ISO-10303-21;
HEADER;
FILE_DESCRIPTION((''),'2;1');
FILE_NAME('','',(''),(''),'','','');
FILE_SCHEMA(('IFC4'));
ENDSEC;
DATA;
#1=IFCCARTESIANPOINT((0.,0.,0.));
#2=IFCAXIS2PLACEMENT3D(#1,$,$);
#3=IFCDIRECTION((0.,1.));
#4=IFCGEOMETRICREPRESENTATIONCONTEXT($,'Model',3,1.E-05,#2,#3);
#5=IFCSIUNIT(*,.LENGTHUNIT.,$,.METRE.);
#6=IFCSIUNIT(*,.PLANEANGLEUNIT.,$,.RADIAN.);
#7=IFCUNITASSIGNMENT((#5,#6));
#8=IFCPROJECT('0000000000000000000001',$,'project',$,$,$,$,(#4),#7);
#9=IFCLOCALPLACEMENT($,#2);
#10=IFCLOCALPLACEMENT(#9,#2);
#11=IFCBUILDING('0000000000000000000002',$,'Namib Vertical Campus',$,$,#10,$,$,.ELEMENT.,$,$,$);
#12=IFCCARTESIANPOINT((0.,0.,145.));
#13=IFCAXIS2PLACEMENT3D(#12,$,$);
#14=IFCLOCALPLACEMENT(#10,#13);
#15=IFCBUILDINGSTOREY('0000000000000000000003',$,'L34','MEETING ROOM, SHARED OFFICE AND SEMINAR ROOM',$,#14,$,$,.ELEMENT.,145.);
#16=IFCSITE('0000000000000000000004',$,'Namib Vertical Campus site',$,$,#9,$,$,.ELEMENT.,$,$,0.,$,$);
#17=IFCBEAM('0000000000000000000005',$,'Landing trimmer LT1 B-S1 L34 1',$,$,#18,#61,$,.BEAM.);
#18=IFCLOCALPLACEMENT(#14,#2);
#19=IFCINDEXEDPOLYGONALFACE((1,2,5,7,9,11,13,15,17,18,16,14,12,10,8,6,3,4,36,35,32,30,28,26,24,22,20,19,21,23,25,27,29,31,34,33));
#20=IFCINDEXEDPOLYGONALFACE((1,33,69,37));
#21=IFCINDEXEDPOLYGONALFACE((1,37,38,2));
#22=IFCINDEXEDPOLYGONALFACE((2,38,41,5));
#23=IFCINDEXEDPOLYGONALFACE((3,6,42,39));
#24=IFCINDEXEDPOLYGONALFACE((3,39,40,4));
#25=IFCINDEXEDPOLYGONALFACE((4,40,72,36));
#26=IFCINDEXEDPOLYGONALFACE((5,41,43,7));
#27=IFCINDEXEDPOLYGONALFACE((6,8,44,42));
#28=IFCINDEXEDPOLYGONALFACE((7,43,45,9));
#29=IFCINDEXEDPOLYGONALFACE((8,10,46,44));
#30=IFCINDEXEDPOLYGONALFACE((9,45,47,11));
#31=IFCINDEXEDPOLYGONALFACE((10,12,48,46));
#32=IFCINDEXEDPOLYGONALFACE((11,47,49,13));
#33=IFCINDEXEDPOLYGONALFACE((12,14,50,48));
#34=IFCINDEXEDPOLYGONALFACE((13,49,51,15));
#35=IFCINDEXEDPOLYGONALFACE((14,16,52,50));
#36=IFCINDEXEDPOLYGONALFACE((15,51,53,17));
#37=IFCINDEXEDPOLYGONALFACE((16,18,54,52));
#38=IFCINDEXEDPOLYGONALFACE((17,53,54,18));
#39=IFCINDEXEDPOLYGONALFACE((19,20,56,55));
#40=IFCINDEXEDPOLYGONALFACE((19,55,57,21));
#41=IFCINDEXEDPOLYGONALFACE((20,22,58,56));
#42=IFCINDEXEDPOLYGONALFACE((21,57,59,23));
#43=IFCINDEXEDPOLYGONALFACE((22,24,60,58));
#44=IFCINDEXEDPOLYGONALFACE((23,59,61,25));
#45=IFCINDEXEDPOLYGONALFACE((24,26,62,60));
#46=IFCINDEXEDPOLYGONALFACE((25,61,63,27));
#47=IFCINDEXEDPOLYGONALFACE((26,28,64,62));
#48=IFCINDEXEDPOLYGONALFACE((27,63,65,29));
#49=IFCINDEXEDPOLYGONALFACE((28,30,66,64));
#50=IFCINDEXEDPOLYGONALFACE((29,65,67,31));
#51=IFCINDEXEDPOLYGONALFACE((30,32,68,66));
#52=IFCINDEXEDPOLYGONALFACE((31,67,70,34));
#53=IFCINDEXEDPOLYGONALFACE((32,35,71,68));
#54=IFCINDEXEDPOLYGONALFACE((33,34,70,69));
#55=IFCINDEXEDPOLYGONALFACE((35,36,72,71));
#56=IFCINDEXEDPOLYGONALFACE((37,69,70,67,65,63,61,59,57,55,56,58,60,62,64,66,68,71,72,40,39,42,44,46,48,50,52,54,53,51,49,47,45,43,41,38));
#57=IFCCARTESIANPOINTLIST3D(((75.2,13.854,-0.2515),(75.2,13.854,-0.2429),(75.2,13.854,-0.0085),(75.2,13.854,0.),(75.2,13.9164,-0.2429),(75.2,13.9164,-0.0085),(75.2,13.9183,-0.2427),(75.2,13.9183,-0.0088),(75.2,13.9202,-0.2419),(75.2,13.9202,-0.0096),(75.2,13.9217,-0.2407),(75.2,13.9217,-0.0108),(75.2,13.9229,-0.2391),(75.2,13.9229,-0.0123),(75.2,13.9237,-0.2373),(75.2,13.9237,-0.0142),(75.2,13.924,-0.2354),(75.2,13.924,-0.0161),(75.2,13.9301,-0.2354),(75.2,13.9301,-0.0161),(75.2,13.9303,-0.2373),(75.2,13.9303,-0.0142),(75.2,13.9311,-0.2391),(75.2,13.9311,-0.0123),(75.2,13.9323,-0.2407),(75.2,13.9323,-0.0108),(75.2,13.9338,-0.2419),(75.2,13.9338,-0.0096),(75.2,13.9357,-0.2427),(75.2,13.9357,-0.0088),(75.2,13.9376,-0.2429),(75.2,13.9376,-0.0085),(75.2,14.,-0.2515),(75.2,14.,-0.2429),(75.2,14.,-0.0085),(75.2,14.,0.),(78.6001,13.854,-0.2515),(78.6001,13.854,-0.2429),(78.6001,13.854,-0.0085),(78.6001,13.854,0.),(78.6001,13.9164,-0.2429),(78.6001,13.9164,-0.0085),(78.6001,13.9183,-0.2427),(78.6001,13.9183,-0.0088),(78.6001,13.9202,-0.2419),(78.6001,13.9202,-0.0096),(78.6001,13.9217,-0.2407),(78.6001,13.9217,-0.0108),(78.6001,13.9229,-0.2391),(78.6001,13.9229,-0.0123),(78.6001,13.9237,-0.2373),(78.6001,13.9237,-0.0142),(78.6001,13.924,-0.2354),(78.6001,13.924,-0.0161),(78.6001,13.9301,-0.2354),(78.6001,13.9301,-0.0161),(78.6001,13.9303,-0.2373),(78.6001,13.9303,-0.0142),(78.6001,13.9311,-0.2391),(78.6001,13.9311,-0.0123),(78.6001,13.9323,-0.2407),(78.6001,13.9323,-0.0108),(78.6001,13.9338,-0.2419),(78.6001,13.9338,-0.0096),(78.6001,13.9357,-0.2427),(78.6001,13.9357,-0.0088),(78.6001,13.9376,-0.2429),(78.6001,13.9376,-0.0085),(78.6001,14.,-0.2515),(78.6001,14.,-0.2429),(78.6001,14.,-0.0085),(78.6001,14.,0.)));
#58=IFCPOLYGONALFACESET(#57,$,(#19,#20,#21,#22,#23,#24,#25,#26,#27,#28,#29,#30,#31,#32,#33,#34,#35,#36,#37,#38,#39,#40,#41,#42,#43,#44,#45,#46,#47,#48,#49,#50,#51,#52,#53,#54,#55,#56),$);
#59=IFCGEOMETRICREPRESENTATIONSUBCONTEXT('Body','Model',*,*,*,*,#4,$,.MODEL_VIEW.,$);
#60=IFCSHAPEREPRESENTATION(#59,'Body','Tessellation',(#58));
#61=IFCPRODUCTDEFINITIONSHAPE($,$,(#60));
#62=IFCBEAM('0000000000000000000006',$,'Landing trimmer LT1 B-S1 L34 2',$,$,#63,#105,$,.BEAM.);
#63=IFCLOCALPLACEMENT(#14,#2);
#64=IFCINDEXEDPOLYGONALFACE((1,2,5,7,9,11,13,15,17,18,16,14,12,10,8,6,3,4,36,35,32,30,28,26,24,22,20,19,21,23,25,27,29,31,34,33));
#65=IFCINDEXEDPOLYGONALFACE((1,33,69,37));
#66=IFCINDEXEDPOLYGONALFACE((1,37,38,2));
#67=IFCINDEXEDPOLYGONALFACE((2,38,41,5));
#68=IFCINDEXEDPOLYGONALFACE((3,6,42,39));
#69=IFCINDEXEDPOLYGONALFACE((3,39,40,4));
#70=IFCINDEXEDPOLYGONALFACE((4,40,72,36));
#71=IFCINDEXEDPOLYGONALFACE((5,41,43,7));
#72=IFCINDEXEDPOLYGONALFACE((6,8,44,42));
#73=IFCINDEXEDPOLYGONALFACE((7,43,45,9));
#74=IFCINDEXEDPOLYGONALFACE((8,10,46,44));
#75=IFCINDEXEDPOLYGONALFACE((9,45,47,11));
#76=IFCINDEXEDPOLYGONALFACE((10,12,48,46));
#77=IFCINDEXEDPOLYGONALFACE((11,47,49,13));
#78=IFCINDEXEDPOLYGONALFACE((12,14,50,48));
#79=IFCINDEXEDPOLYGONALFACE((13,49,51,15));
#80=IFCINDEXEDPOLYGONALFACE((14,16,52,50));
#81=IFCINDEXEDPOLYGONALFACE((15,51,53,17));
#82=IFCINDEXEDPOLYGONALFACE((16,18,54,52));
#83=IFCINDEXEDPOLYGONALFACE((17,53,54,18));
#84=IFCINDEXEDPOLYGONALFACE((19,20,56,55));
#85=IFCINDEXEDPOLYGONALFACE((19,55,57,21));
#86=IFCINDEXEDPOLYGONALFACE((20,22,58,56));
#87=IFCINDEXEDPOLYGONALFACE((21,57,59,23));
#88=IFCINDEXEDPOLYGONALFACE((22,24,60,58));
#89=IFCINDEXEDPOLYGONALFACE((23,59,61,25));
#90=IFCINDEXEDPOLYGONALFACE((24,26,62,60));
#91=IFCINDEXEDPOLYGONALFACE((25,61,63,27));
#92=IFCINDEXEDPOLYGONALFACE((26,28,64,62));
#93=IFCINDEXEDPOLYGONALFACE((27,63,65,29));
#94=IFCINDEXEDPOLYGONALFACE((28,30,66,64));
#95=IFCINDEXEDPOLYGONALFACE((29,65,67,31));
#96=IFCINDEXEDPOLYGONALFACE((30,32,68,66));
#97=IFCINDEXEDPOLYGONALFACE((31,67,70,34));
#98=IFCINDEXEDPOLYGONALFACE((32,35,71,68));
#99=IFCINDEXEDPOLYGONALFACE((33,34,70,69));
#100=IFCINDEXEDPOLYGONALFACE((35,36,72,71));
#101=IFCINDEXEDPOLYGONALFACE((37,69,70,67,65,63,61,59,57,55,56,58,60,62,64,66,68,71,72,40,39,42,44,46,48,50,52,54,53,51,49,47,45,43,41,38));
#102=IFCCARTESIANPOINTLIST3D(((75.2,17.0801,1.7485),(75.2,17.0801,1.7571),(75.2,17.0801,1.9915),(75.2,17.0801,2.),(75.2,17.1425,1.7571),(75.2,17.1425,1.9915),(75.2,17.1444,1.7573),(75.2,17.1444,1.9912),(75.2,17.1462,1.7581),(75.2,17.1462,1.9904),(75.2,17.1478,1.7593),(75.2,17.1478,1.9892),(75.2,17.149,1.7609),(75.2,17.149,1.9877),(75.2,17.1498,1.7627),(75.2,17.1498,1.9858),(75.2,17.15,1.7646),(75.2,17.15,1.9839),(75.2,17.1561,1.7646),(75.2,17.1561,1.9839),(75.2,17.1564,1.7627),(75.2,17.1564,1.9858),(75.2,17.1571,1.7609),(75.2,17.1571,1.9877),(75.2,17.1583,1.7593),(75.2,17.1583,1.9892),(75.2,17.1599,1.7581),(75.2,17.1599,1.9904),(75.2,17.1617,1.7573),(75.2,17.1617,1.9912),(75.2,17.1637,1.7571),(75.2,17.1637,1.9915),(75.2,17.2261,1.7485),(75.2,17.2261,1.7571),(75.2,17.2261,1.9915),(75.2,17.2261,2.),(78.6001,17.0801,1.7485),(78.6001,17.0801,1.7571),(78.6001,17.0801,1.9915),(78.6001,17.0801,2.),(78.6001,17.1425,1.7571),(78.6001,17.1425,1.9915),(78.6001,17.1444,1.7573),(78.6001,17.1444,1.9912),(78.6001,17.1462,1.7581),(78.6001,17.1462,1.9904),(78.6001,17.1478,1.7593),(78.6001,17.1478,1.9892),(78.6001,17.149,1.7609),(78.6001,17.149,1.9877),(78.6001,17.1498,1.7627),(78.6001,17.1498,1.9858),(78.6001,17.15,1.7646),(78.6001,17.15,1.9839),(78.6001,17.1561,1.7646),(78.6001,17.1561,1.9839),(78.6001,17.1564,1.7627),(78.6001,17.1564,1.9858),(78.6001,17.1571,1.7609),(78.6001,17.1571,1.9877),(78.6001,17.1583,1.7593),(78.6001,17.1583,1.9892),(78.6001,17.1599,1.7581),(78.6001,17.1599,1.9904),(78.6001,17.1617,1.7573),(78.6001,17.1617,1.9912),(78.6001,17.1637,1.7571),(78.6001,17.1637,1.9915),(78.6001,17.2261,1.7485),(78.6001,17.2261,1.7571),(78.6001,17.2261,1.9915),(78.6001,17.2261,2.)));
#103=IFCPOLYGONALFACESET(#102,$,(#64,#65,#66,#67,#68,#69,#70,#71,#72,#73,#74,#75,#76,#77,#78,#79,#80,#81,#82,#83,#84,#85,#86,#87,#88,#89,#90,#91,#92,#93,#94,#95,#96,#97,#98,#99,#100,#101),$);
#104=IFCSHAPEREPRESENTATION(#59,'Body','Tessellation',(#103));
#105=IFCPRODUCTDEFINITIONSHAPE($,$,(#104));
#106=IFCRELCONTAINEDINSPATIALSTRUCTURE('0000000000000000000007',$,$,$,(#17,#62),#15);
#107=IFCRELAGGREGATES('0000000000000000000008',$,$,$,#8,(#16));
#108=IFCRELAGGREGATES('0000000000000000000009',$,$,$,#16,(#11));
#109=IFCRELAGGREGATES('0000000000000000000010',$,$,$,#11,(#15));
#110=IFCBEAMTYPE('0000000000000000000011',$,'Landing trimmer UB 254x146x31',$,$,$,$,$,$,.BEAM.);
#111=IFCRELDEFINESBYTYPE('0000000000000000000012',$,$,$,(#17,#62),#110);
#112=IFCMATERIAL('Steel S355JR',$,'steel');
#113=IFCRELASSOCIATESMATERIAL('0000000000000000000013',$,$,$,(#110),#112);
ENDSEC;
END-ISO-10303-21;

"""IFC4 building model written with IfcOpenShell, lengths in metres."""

from ifc_helpers import new_model, si_unit, direction, frame, origin, origin_2d, place, context, subcontext, project, spatial, i_section, extrude, material, material_profile, profile_set, type_object, element, save


model = new_model("IFC4")

# Units and contexts
model_context = context("Model", 3, precision=1e-05, world=origin(), true_north=direction((0.0, 1.0)))
body_context = subcontext(model_context, "Body", "Model", "MODEL_VIEW")
ifc_project = project(units=[si_unit("LENGTHUNIT", "METRE"), si_unit("PLANEANGLEUNIT", "RADIAN")], contexts=[model_context])

# Site, building, storey
site_placement = place(None, origin())
site = spatial("IfcSite", under=ifc_project, at=site_placement, Name="Namib Vertical Campus site", CompositionType="ELEMENT", RefElevation=0.0)
building_placement = place(site_placement, origin())
building = spatial("IfcBuilding", under=site, at=building_placement, Name="Namib Vertical Campus", CompositionType="ELEMENT")
storey_placement = place(building_placement, frame((0.0, 0.0, 145.0)))
storey = spatial("IfcBuildingStorey", under=building, at=storey_placement, Name="L34", Description="MEETING ROOM, SHARED OFFICE AND SEMINAR ROOM", CompositionType="ELEMENT", Elevation=145.0)

# Beams
ifc_material_1 = material(Name="Steel S355JR", Category="steel")
ifc_material_profile = material_profile(ifc_material_1, i_section(OverallWidth=0.146, OverallDepth=0.2515, WebThickness=0.0061, FlangeThickness=0.0085, FilletRadius=0.0076, at=origin_2d()))
ifc_profile_set = profile_set([ifc_material_profile], Name="Steel S355JR")
beam_type = type_object("IfcBeamType", Name="Landing trimmer UB 254x146x31", PredefinedType="BEAM", material=ifc_profile_set)
for number, where, z_axis, x_axis, name in (
    (1, (75.2, 13.927, -0.1257), (1.0, 0.0, 0.0), (0.0, 1.0, 0.0), "Landing trimmer LT1 B-S1 L34 1"),
    (2, (75.2, 17.1531, 1.8743), (1.0, 0.0, 0.0), (0.0, 1.0, 0.0), "Landing trimmer LT1 B-S1 L34 2"),
):
    element("IfcBeam", number, at=place(storey_placement, frame(where, z_axis=z_axis, x_axis=x_axis)), inside=storey, type_object=beam_type, Name=name, PredefinedType="BEAM", context=body_context, shape_type="SweptSolid", body=[
        extrude(i_section(OverallWidth=0.146, OverallDepth=0.2515, WebThickness=0.0061, FlangeThickness=0.0085, FilletRadius=0.0076, at=origin_2d()), origin(), (0.0, 0.0, 1.0), 3.4001),
    ])

save(model, "model.ifc")
